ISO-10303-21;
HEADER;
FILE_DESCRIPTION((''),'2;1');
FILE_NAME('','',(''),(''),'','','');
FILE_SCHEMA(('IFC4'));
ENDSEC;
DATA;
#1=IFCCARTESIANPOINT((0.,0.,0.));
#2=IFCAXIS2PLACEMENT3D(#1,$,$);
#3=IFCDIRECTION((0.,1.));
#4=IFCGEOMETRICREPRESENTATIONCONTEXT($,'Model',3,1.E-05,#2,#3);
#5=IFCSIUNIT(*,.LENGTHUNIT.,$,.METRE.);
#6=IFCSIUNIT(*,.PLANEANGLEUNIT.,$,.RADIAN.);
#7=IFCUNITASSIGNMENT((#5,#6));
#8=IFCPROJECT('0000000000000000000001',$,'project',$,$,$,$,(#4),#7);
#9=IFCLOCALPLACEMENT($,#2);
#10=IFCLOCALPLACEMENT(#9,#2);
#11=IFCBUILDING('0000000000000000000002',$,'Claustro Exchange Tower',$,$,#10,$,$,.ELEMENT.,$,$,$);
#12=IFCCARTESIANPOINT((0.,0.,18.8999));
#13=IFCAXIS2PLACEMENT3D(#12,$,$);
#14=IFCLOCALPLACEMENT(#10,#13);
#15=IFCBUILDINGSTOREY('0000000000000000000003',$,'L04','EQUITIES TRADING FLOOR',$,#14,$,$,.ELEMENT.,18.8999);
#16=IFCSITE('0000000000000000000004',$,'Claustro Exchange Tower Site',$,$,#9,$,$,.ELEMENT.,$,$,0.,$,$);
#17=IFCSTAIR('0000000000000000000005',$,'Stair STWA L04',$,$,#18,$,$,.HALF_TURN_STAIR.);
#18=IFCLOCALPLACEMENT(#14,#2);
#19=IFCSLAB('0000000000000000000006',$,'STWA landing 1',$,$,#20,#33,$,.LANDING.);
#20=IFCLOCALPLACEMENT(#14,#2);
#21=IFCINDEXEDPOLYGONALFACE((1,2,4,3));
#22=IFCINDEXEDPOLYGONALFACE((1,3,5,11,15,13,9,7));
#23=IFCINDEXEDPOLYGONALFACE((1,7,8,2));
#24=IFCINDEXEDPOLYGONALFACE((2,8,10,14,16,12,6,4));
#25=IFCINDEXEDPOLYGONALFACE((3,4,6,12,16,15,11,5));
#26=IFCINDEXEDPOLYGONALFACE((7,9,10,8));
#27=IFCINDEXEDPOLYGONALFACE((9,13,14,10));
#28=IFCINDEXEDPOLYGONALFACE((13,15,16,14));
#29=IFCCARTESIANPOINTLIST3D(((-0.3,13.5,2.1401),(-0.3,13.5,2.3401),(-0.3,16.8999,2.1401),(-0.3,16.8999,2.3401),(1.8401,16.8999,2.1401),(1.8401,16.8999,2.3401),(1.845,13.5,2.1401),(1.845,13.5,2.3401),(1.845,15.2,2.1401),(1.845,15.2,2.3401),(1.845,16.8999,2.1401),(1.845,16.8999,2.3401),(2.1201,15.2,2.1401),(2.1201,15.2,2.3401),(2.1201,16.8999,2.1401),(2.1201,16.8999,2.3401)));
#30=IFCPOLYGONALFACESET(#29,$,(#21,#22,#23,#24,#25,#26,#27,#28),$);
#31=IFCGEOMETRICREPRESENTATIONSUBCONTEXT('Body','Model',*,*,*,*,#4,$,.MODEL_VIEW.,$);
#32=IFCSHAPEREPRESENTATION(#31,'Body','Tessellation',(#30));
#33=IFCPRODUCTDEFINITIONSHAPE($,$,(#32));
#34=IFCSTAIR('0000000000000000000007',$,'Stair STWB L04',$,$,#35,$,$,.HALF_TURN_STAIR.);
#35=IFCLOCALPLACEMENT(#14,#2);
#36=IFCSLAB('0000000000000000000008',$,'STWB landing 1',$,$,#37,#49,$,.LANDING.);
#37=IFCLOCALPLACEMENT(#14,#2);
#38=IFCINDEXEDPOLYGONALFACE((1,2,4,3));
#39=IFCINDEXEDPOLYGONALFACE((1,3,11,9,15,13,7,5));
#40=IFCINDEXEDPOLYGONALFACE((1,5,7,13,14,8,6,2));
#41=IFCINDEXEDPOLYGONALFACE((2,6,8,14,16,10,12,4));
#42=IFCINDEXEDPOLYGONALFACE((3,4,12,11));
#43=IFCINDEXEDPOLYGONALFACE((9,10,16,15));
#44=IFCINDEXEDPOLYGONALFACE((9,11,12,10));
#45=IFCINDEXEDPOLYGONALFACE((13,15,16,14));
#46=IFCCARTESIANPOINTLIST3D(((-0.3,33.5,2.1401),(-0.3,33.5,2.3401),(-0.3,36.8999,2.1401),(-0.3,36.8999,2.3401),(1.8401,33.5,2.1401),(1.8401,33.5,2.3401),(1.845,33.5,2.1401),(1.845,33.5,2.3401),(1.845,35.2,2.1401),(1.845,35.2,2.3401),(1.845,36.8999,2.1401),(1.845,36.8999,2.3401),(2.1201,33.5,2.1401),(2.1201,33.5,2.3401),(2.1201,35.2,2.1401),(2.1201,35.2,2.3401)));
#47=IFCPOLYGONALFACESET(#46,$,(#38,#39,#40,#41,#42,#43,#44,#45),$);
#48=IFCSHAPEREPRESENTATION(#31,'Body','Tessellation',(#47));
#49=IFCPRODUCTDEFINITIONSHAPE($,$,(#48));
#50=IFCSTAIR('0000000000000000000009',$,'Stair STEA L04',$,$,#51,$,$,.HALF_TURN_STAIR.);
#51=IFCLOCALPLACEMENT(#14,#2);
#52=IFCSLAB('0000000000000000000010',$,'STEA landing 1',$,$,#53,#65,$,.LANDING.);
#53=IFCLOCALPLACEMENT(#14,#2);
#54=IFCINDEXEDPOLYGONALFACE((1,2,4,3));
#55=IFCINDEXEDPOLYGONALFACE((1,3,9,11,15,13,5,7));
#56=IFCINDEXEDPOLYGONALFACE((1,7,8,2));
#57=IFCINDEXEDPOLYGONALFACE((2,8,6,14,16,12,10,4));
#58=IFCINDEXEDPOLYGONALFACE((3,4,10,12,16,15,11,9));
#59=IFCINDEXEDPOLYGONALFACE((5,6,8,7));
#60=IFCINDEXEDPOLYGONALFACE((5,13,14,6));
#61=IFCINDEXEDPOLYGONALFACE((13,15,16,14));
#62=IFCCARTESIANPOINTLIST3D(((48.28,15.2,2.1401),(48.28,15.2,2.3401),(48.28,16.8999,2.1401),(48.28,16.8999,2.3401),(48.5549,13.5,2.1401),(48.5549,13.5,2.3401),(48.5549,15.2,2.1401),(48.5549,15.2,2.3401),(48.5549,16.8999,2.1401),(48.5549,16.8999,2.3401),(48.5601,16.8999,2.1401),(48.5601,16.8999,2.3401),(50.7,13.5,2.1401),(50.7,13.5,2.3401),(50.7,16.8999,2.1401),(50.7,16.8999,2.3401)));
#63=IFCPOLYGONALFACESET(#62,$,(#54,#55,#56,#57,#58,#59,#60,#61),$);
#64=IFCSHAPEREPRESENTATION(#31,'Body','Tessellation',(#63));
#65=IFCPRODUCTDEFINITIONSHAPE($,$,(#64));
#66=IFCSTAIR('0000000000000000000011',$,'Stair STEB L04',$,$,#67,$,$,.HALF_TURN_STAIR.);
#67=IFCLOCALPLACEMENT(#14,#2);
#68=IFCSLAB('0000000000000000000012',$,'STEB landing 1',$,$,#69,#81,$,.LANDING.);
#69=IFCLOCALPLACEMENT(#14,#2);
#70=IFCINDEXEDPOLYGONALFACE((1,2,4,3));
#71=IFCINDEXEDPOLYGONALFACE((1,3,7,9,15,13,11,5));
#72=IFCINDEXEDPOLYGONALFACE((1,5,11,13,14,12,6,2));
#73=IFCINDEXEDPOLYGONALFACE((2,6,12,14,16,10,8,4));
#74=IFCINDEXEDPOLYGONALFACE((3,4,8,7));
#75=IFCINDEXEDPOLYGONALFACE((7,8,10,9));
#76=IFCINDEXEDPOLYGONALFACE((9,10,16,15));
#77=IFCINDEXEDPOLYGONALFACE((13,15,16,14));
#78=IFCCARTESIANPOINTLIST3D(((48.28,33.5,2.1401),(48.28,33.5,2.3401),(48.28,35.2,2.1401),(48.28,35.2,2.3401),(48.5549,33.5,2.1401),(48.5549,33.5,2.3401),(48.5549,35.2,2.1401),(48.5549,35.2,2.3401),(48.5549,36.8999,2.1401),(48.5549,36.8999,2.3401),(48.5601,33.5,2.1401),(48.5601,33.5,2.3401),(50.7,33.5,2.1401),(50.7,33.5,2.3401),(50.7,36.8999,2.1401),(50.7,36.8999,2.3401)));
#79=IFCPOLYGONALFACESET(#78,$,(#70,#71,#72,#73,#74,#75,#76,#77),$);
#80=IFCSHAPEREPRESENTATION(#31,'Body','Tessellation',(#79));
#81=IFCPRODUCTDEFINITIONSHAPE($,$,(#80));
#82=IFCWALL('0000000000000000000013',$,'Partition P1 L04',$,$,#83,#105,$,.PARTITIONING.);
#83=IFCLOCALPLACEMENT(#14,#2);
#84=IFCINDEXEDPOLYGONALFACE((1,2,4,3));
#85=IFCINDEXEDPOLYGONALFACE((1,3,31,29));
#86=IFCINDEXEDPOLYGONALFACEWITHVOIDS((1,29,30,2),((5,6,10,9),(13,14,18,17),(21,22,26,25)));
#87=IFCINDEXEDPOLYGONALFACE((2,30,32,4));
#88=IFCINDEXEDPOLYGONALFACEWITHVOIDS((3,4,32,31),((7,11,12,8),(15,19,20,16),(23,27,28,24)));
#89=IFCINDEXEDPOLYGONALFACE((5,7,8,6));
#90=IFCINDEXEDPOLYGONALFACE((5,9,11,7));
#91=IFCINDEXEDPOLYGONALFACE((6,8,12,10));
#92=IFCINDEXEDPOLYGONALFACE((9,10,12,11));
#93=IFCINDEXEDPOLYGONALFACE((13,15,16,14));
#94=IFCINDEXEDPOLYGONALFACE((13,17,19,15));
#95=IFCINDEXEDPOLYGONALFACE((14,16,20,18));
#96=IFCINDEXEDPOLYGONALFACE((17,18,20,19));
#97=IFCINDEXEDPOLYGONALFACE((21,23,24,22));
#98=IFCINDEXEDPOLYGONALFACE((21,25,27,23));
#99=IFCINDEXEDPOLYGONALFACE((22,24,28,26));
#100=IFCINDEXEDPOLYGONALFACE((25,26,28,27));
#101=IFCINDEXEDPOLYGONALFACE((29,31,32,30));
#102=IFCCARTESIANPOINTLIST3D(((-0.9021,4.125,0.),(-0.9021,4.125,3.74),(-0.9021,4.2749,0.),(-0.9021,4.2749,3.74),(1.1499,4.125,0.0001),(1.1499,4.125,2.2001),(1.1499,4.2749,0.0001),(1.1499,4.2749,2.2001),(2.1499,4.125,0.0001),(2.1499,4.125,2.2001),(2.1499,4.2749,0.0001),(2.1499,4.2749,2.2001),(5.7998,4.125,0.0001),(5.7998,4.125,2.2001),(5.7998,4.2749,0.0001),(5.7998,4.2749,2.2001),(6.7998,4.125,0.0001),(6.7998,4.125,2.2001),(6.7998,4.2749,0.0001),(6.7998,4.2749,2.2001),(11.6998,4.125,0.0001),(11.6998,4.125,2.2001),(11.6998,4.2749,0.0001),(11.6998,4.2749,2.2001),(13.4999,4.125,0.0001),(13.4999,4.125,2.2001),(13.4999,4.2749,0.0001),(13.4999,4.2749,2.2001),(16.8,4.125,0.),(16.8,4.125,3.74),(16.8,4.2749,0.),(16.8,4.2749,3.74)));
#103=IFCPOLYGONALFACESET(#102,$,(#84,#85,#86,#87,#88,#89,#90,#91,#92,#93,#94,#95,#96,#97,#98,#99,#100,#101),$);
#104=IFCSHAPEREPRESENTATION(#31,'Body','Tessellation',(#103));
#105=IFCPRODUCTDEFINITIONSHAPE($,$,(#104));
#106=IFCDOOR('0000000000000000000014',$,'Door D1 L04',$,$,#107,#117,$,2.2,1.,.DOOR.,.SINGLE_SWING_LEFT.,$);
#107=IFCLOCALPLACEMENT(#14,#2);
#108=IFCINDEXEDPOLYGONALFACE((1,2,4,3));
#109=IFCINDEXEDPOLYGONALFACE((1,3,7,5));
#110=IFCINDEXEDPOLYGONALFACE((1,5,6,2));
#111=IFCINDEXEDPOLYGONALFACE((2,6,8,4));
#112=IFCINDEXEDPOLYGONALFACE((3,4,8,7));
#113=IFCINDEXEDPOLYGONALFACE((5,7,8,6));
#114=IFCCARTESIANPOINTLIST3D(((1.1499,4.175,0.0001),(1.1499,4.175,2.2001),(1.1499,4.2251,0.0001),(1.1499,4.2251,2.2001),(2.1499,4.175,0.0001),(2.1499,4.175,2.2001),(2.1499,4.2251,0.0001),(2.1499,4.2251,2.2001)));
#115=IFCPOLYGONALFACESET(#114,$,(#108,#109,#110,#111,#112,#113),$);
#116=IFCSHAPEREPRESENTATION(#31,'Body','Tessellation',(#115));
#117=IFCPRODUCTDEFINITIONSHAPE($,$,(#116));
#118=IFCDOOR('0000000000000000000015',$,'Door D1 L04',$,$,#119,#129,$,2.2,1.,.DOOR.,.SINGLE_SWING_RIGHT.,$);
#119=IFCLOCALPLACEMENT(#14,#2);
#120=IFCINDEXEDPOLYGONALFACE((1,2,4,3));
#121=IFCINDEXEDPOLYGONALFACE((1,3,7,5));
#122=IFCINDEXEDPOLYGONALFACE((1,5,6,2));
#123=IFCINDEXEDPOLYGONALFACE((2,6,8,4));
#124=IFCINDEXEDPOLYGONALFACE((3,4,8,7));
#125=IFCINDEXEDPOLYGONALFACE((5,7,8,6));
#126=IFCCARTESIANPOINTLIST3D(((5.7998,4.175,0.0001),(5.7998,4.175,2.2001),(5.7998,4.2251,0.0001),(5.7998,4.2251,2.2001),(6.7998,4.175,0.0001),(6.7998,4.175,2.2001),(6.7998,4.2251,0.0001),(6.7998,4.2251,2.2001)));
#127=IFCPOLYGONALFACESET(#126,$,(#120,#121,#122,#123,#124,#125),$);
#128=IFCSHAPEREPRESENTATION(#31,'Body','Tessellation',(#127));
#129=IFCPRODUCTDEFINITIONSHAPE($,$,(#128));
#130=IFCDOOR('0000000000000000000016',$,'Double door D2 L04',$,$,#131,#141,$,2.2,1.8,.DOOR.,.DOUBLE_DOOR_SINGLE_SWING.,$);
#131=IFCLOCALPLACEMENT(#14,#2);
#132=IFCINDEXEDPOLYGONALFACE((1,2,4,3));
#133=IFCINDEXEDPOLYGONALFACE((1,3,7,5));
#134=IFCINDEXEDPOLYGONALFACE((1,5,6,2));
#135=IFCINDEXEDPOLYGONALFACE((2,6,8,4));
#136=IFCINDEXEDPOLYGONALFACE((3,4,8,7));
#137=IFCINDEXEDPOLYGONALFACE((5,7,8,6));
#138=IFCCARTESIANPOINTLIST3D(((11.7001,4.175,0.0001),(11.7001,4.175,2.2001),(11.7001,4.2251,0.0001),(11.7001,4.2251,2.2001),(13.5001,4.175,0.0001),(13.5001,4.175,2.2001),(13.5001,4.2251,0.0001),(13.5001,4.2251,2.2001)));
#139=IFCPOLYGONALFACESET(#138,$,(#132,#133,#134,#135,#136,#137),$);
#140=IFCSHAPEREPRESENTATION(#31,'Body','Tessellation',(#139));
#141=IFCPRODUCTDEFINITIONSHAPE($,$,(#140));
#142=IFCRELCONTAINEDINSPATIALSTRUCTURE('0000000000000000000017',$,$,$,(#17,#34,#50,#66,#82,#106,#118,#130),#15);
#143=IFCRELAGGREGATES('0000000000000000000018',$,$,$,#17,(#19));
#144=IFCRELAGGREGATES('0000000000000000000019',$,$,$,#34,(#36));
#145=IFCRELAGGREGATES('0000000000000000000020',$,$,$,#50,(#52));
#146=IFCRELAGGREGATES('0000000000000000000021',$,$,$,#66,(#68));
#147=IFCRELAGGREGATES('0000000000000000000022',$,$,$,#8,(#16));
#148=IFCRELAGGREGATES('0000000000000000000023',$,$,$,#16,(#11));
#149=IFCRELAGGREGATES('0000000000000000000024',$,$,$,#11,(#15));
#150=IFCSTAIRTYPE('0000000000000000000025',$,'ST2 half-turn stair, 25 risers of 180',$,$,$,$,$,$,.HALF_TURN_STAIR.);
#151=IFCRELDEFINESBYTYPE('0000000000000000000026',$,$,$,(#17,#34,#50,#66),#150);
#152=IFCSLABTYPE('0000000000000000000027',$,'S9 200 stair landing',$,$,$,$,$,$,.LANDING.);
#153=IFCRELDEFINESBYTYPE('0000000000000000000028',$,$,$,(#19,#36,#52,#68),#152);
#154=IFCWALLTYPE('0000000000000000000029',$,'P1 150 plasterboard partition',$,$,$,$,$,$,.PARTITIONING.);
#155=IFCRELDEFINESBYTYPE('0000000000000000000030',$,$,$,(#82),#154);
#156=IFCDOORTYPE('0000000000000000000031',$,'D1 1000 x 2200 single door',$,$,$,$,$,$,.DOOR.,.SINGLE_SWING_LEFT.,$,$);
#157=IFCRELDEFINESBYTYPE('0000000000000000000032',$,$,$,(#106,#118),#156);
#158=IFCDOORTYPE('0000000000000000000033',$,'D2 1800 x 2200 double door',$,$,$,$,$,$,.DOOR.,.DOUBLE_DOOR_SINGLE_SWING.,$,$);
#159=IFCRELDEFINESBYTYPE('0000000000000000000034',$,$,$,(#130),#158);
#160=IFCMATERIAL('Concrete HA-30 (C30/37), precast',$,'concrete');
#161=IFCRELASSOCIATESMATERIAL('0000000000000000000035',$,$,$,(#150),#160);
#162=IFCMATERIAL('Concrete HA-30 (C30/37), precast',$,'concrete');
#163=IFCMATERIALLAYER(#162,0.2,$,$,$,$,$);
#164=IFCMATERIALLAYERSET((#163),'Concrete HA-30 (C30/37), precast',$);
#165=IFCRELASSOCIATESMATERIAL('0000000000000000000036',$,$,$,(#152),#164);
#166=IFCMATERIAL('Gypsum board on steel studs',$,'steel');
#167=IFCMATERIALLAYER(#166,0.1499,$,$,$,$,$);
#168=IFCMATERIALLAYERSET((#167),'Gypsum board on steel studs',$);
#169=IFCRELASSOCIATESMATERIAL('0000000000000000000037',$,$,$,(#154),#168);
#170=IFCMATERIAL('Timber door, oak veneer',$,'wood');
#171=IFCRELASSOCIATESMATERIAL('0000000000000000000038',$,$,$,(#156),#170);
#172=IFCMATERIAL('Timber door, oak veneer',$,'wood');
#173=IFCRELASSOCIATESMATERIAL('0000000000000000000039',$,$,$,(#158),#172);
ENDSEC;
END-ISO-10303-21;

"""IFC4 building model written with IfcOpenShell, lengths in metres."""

from ifc_helpers import new_model, si_unit, direction, frame, frame_2d, origin, place, context, subcontext, project, spatial, polyline, rectangle, outline, extrude, material, layer, layer_set, type_object, element, fill, aggregate, save


model = new_model("IFC4")

# Units and contexts
model_context = context("Model", 3, precision=1e-05, world=origin(), true_north=direction((0.0, 1.0)))
body_context = subcontext(model_context, "Body", "Model", "MODEL_VIEW")
ifc_project = project(units=[si_unit("LENGTHUNIT", "METRE"), si_unit("PLANEANGLEUNIT", "RADIAN")], contexts=[model_context])

# Site, building, storey
site_placement = place(None, origin())
site = spatial("IfcSite", under=ifc_project, at=site_placement, Name="Claustro Exchange Tower Site", CompositionType="ELEMENT", RefElevation=0.0)
building_placement = place(site_placement, origin())
building = spatial("IfcBuilding", under=site, at=building_placement, Name="Claustro Exchange Tower", CompositionType="ELEMENT")
storey_placement = place(building_placement, frame((0.0, 0.0, 18.8999)))
storey = spatial("IfcBuildingStorey", under=building, at=storey_placement, Name="L04", Description="EQUITIES TRADING FLOOR", CompositionType="ELEMENT", Elevation=18.8999)

# Stairs, slabs
ifc_material_1 = material(Name="Concrete HA-30 (C30/37), precast", Category="concrete")
stair_type = type_object("IfcStairType", Name="ST2 half-turn stair, 25 risers of 180", PredefinedType="HALF_TURN_STAIR", material=ifc_material_1)
stair_1_placement = place(storey_placement, origin())
stair_1 = element("IfcStair", 1, at=stair_1_placement, inside=storey, type_object=stair_type, Name="Stair STWA L04", PredefinedType="HALF_TURN_STAIR")
ifc_material_2 = material(Name="Concrete HA-30 (C30/37), precast", Category="concrete")
ifc_layer_1 = layer(ifc_material_2, 0.2)
ifc_layer_set_1 = layer_set([ifc_layer_1], Name="Concrete HA-30 (C30/37), precast")
slab_type = type_object("IfcSlabType", Name="S9 200 stair landing", PredefinedType="LANDING", material=ifc_layer_set_1)
slab_1_placement = place(storey_placement, frame((0.0, 0.0, 2.1401)))
slab_1 = element("IfcSlab", 2, at=slab_1_placement, type_object=slab_type, Name="STWA landing 1", PredefinedType="LANDING", context=body_context, shape_type="SweptSolid", body=[
    extrude(outline(polyline([(1.845, 13.5), (-0.3, 13.5), (-0.3, 16.8999), (1.8401, 16.8999), (1.845, 16.8999), (2.1201, 16.8999), (2.1201, 15.2), (1.845, 15.2), (1.845, 13.5)])), origin(), (0.0, 0.0, 1.0), 0.2),
])
aggregate(stair_1, [slab_1])
stair_2_placement = place(storey_placement, origin())
stair_2 = element("IfcStair", 3, at=stair_2_placement, inside=storey, type_object=stair_type, Name="Stair STWB L04", PredefinedType="HALF_TURN_STAIR")
slab_2_placement = place(storey_placement, frame((0.0, 0.0, 2.1401)))
slab_2 = element("IfcSlab", 4, at=slab_2_placement, type_object=slab_type, Name="STWB landing 1", PredefinedType="LANDING", context=body_context, shape_type="SweptSolid", body=[
    extrude(outline(polyline([(2.1201, 35.2), (2.1201, 33.5), (1.845, 33.5), (1.8401, 33.5), (-0.3, 33.5), (-0.3, 36.8999), (1.845, 36.8999), (1.845, 35.2), (2.1201, 35.2)])), origin(), (0.0, 0.0, 1.0), 0.2),
])
aggregate(stair_2, [slab_2])
stair_3_placement = place(storey_placement, origin())
stair_3 = element("IfcStair", 5, at=stair_3_placement, inside=storey, type_object=stair_type, Name="Stair STEA L04", PredefinedType="HALF_TURN_STAIR")
slab_3_placement = place(storey_placement, frame((0.0, 0.0, 2.1401)))
slab_3 = element("IfcSlab", 6, at=slab_3_placement, type_object=slab_type, Name="STEA landing 1", PredefinedType="LANDING", context=body_context, shape_type="SweptSolid", body=[
    extrude(outline(polyline([(50.7, 16.8999), (50.7, 13.5), (48.5549, 13.5), (48.5549, 15.2), (48.28, 15.2), (48.28, 16.8999), (48.5549, 16.8999), (48.5601, 16.8999), (50.7, 16.8999)])), origin(), (0.0, 0.0, 1.0), 0.2),
])
aggregate(stair_3, [slab_3])
stair_4_placement = place(storey_placement, origin())
stair_4 = element("IfcStair", 7, at=stair_4_placement, inside=storey, type_object=stair_type, Name="Stair STEB L04", PredefinedType="HALF_TURN_STAIR")
slab_4_placement = place(storey_placement, frame((0.0, 0.0, 2.1401)))
slab_4 = element("IfcSlab", 8, at=slab_4_placement, type_object=slab_type, Name="STEB landing 1", PredefinedType="LANDING", context=body_context, shape_type="SweptSolid", body=[
    extrude(outline(polyline([(48.28, 33.5), (48.28, 35.2), (48.5549, 35.2), (48.5549, 36.8999), (50.7, 36.8999), (50.7, 33.5), (48.5601, 33.5), (48.5549, 33.5), (48.28, 33.5)])), origin(), (0.0, 0.0, 1.0), 0.2),
])
aggregate(stair_4, [slab_4])

# Wall, openings, doors
ifc_material_3 = material(Name="Gypsum board on steel studs", Category="steel")
ifc_layer_2 = layer(ifc_material_3, 0.1499)
ifc_layer_set_2 = layer_set([ifc_layer_2], Name="Gypsum board on steel studs")
wall_type_1 = type_object("IfcWallType", Name="P1 150 plasterboard partition", PredefinedType="PARTITIONING", material=ifc_layer_set_2)
wall_1_placement = place(storey_placement, frame((-0.9021, 4.2, 0.0), z_axis=(0.0, 0.0, 1.0), x_axis=(1.0, 0.0, 0.0)))
wall_1 = element("IfcWall", 9, at=wall_1_placement, inside=storey, type_object=wall_type_1, Name="Partition P1 L04", PredefinedType="PARTITIONING", context=body_context, shape_type="SweptSolid", body=[
    extrude(rectangle(XDim=17.7021, YDim=0.1499, at=frame_2d((8.8511, 0.0))), origin(), (0.0, 0.0, 1.0), 3.74),
])
opening_1_placement = place(wall_1_placement, frame((2.052, 0.0, 0.0)))
opening_1 = element("IfcOpeningElement", 10, at=opening_1_placement, cuts=wall_1, PredefinedType="OPENING", context=body_context, shape_type="SweptSolid", body=[
    extrude(rectangle(XDim=1.0, YDim=2.2, at=frame_2d((0.5, 1.1001))), frame((0.0, 0.085, 0.0), z_axis=(0.0, -1.0, 0.0), x_axis=(1.0, 0.0, 0.0)), (0.0, 0.0, 1.0), 0.1699),
])
opening_2_placement = place(wall_1_placement, frame((6.7019, 0.0, 0.0)))
opening_2 = element("IfcOpeningElement", 11, at=opening_2_placement, cuts=wall_1, PredefinedType="OPENING", context=body_context, shape_type="SweptSolid", body=[
    extrude(rectangle(XDim=1.0, YDim=2.2, at=frame_2d((0.5, 1.1001))), frame((0.0, 0.085, 0.0), z_axis=(0.0, -1.0, 0.0), x_axis=(1.0, 0.0, 0.0)), (0.0, 0.0, 1.0), 0.1699),
])
opening_3_placement = place(wall_1_placement, frame((12.6021, 0.0, 0.0)))
opening_3 = element("IfcOpeningElement", 12, at=opening_3_placement, cuts=wall_1, PredefinedType="OPENING", context=body_context, shape_type="SweptSolid", body=[
    extrude(rectangle(XDim=1.8, YDim=2.2, at=frame_2d((0.8999, 1.1001))), frame((0.0, 0.085, 0.0), z_axis=(0.0, -1.0, 0.0), x_axis=(1.0, 0.0, 0.0)), (0.0, 0.0, 1.0), 0.1699),
])
ifc_material_4 = material(Name="Timber door, oak veneer", Category="wood")
door_type_1 = type_object("IfcDoorType", Name="D1 1000 x 2200 single door", OperationType="SINGLE_SWING_LEFT", PredefinedType="DOOR", material=ifc_material_4)
door_1_placement = place(opening_1_placement, frame((1.0, 0.0, 0.0), z_axis=(0.0, 0.0, 1.0), x_axis=(-1.0, 0.0, 0.0)))
door_1 = element("IfcDoor", 13, at=door_1_placement, inside=storey, type_object=door_type_1, Name="Door D1 L04", OperationType="SINGLE_SWING_LEFT", OverallHeight=2.2, OverallWidth=1.0, PredefinedType="DOOR", context=body_context, shape_type="SweptSolid", body=[
    extrude(rectangle(XDim=1.0, YDim=2.2, at=frame_2d((0.5, 1.1001))), frame((0.0, 0.0249, 0.0), z_axis=(0.0, -1.0, 0.0), x_axis=(1.0, 0.0, 0.0)), (0.0, 0.0, 1.0), 0.05),
])
fill(opening_1, door_1)
door_2_placement = place(opening_2_placement, frame((1.0, 0.0, 0.0), z_axis=(0.0, 0.0, 1.0), x_axis=(-1.0, 0.0, 0.0)))
door_2 = element("IfcDoor", 14, at=door_2_placement, inside=storey, type_object=door_type_1, Name="Door D1 L04", OperationType="SINGLE_SWING_RIGHT", OverallHeight=2.2, OverallWidth=1.0, PredefinedType="DOOR", context=body_context, shape_type="SweptSolid", body=[
    extrude(rectangle(XDim=1.0, YDim=2.2, at=frame_2d((0.5, 1.1001))), frame((0.0, 0.0249, 0.0), z_axis=(0.0, -1.0, 0.0), x_axis=(1.0, 0.0, 0.0)), (0.0, 0.0, 1.0), 0.05),
])
fill(opening_2, door_2)
ifc_material_5 = material(Name="Timber door, oak veneer", Category="wood")
door_type_2 = type_object("IfcDoorType", Name="D2 1800 x 2200 double door", OperationType="DOUBLE_DOOR_SINGLE_SWING", PredefinedType="DOOR", material=ifc_material_5)
door_3_placement = place(opening_3_placement, frame((1.8, 0.0, 0.0), z_axis=(0.0, 0.0, 1.0), x_axis=(-1.0, 0.0, 0.0)))
door_3 = element("IfcDoor", 15, at=door_3_placement, inside=storey, type_object=door_type_2, Name="Double door D2 L04", OperationType="DOUBLE_DOOR_SINGLE_SWING", OverallHeight=2.2, OverallWidth=1.8, PredefinedType="DOOR", context=body_context, shape_type="SweptSolid", body=[
    extrude(rectangle(XDim=1.8, YDim=2.2, at=frame_2d((0.8999, 1.1001))), frame((0.0, 0.0249, 0.0), z_axis=(0.0, -1.0, 0.0), x_axis=(1.0, 0.0, 0.0)), (0.0, 0.0, 1.0), 0.05),
])
fill(opening_3, door_3)

save(model, "model.ifc")
